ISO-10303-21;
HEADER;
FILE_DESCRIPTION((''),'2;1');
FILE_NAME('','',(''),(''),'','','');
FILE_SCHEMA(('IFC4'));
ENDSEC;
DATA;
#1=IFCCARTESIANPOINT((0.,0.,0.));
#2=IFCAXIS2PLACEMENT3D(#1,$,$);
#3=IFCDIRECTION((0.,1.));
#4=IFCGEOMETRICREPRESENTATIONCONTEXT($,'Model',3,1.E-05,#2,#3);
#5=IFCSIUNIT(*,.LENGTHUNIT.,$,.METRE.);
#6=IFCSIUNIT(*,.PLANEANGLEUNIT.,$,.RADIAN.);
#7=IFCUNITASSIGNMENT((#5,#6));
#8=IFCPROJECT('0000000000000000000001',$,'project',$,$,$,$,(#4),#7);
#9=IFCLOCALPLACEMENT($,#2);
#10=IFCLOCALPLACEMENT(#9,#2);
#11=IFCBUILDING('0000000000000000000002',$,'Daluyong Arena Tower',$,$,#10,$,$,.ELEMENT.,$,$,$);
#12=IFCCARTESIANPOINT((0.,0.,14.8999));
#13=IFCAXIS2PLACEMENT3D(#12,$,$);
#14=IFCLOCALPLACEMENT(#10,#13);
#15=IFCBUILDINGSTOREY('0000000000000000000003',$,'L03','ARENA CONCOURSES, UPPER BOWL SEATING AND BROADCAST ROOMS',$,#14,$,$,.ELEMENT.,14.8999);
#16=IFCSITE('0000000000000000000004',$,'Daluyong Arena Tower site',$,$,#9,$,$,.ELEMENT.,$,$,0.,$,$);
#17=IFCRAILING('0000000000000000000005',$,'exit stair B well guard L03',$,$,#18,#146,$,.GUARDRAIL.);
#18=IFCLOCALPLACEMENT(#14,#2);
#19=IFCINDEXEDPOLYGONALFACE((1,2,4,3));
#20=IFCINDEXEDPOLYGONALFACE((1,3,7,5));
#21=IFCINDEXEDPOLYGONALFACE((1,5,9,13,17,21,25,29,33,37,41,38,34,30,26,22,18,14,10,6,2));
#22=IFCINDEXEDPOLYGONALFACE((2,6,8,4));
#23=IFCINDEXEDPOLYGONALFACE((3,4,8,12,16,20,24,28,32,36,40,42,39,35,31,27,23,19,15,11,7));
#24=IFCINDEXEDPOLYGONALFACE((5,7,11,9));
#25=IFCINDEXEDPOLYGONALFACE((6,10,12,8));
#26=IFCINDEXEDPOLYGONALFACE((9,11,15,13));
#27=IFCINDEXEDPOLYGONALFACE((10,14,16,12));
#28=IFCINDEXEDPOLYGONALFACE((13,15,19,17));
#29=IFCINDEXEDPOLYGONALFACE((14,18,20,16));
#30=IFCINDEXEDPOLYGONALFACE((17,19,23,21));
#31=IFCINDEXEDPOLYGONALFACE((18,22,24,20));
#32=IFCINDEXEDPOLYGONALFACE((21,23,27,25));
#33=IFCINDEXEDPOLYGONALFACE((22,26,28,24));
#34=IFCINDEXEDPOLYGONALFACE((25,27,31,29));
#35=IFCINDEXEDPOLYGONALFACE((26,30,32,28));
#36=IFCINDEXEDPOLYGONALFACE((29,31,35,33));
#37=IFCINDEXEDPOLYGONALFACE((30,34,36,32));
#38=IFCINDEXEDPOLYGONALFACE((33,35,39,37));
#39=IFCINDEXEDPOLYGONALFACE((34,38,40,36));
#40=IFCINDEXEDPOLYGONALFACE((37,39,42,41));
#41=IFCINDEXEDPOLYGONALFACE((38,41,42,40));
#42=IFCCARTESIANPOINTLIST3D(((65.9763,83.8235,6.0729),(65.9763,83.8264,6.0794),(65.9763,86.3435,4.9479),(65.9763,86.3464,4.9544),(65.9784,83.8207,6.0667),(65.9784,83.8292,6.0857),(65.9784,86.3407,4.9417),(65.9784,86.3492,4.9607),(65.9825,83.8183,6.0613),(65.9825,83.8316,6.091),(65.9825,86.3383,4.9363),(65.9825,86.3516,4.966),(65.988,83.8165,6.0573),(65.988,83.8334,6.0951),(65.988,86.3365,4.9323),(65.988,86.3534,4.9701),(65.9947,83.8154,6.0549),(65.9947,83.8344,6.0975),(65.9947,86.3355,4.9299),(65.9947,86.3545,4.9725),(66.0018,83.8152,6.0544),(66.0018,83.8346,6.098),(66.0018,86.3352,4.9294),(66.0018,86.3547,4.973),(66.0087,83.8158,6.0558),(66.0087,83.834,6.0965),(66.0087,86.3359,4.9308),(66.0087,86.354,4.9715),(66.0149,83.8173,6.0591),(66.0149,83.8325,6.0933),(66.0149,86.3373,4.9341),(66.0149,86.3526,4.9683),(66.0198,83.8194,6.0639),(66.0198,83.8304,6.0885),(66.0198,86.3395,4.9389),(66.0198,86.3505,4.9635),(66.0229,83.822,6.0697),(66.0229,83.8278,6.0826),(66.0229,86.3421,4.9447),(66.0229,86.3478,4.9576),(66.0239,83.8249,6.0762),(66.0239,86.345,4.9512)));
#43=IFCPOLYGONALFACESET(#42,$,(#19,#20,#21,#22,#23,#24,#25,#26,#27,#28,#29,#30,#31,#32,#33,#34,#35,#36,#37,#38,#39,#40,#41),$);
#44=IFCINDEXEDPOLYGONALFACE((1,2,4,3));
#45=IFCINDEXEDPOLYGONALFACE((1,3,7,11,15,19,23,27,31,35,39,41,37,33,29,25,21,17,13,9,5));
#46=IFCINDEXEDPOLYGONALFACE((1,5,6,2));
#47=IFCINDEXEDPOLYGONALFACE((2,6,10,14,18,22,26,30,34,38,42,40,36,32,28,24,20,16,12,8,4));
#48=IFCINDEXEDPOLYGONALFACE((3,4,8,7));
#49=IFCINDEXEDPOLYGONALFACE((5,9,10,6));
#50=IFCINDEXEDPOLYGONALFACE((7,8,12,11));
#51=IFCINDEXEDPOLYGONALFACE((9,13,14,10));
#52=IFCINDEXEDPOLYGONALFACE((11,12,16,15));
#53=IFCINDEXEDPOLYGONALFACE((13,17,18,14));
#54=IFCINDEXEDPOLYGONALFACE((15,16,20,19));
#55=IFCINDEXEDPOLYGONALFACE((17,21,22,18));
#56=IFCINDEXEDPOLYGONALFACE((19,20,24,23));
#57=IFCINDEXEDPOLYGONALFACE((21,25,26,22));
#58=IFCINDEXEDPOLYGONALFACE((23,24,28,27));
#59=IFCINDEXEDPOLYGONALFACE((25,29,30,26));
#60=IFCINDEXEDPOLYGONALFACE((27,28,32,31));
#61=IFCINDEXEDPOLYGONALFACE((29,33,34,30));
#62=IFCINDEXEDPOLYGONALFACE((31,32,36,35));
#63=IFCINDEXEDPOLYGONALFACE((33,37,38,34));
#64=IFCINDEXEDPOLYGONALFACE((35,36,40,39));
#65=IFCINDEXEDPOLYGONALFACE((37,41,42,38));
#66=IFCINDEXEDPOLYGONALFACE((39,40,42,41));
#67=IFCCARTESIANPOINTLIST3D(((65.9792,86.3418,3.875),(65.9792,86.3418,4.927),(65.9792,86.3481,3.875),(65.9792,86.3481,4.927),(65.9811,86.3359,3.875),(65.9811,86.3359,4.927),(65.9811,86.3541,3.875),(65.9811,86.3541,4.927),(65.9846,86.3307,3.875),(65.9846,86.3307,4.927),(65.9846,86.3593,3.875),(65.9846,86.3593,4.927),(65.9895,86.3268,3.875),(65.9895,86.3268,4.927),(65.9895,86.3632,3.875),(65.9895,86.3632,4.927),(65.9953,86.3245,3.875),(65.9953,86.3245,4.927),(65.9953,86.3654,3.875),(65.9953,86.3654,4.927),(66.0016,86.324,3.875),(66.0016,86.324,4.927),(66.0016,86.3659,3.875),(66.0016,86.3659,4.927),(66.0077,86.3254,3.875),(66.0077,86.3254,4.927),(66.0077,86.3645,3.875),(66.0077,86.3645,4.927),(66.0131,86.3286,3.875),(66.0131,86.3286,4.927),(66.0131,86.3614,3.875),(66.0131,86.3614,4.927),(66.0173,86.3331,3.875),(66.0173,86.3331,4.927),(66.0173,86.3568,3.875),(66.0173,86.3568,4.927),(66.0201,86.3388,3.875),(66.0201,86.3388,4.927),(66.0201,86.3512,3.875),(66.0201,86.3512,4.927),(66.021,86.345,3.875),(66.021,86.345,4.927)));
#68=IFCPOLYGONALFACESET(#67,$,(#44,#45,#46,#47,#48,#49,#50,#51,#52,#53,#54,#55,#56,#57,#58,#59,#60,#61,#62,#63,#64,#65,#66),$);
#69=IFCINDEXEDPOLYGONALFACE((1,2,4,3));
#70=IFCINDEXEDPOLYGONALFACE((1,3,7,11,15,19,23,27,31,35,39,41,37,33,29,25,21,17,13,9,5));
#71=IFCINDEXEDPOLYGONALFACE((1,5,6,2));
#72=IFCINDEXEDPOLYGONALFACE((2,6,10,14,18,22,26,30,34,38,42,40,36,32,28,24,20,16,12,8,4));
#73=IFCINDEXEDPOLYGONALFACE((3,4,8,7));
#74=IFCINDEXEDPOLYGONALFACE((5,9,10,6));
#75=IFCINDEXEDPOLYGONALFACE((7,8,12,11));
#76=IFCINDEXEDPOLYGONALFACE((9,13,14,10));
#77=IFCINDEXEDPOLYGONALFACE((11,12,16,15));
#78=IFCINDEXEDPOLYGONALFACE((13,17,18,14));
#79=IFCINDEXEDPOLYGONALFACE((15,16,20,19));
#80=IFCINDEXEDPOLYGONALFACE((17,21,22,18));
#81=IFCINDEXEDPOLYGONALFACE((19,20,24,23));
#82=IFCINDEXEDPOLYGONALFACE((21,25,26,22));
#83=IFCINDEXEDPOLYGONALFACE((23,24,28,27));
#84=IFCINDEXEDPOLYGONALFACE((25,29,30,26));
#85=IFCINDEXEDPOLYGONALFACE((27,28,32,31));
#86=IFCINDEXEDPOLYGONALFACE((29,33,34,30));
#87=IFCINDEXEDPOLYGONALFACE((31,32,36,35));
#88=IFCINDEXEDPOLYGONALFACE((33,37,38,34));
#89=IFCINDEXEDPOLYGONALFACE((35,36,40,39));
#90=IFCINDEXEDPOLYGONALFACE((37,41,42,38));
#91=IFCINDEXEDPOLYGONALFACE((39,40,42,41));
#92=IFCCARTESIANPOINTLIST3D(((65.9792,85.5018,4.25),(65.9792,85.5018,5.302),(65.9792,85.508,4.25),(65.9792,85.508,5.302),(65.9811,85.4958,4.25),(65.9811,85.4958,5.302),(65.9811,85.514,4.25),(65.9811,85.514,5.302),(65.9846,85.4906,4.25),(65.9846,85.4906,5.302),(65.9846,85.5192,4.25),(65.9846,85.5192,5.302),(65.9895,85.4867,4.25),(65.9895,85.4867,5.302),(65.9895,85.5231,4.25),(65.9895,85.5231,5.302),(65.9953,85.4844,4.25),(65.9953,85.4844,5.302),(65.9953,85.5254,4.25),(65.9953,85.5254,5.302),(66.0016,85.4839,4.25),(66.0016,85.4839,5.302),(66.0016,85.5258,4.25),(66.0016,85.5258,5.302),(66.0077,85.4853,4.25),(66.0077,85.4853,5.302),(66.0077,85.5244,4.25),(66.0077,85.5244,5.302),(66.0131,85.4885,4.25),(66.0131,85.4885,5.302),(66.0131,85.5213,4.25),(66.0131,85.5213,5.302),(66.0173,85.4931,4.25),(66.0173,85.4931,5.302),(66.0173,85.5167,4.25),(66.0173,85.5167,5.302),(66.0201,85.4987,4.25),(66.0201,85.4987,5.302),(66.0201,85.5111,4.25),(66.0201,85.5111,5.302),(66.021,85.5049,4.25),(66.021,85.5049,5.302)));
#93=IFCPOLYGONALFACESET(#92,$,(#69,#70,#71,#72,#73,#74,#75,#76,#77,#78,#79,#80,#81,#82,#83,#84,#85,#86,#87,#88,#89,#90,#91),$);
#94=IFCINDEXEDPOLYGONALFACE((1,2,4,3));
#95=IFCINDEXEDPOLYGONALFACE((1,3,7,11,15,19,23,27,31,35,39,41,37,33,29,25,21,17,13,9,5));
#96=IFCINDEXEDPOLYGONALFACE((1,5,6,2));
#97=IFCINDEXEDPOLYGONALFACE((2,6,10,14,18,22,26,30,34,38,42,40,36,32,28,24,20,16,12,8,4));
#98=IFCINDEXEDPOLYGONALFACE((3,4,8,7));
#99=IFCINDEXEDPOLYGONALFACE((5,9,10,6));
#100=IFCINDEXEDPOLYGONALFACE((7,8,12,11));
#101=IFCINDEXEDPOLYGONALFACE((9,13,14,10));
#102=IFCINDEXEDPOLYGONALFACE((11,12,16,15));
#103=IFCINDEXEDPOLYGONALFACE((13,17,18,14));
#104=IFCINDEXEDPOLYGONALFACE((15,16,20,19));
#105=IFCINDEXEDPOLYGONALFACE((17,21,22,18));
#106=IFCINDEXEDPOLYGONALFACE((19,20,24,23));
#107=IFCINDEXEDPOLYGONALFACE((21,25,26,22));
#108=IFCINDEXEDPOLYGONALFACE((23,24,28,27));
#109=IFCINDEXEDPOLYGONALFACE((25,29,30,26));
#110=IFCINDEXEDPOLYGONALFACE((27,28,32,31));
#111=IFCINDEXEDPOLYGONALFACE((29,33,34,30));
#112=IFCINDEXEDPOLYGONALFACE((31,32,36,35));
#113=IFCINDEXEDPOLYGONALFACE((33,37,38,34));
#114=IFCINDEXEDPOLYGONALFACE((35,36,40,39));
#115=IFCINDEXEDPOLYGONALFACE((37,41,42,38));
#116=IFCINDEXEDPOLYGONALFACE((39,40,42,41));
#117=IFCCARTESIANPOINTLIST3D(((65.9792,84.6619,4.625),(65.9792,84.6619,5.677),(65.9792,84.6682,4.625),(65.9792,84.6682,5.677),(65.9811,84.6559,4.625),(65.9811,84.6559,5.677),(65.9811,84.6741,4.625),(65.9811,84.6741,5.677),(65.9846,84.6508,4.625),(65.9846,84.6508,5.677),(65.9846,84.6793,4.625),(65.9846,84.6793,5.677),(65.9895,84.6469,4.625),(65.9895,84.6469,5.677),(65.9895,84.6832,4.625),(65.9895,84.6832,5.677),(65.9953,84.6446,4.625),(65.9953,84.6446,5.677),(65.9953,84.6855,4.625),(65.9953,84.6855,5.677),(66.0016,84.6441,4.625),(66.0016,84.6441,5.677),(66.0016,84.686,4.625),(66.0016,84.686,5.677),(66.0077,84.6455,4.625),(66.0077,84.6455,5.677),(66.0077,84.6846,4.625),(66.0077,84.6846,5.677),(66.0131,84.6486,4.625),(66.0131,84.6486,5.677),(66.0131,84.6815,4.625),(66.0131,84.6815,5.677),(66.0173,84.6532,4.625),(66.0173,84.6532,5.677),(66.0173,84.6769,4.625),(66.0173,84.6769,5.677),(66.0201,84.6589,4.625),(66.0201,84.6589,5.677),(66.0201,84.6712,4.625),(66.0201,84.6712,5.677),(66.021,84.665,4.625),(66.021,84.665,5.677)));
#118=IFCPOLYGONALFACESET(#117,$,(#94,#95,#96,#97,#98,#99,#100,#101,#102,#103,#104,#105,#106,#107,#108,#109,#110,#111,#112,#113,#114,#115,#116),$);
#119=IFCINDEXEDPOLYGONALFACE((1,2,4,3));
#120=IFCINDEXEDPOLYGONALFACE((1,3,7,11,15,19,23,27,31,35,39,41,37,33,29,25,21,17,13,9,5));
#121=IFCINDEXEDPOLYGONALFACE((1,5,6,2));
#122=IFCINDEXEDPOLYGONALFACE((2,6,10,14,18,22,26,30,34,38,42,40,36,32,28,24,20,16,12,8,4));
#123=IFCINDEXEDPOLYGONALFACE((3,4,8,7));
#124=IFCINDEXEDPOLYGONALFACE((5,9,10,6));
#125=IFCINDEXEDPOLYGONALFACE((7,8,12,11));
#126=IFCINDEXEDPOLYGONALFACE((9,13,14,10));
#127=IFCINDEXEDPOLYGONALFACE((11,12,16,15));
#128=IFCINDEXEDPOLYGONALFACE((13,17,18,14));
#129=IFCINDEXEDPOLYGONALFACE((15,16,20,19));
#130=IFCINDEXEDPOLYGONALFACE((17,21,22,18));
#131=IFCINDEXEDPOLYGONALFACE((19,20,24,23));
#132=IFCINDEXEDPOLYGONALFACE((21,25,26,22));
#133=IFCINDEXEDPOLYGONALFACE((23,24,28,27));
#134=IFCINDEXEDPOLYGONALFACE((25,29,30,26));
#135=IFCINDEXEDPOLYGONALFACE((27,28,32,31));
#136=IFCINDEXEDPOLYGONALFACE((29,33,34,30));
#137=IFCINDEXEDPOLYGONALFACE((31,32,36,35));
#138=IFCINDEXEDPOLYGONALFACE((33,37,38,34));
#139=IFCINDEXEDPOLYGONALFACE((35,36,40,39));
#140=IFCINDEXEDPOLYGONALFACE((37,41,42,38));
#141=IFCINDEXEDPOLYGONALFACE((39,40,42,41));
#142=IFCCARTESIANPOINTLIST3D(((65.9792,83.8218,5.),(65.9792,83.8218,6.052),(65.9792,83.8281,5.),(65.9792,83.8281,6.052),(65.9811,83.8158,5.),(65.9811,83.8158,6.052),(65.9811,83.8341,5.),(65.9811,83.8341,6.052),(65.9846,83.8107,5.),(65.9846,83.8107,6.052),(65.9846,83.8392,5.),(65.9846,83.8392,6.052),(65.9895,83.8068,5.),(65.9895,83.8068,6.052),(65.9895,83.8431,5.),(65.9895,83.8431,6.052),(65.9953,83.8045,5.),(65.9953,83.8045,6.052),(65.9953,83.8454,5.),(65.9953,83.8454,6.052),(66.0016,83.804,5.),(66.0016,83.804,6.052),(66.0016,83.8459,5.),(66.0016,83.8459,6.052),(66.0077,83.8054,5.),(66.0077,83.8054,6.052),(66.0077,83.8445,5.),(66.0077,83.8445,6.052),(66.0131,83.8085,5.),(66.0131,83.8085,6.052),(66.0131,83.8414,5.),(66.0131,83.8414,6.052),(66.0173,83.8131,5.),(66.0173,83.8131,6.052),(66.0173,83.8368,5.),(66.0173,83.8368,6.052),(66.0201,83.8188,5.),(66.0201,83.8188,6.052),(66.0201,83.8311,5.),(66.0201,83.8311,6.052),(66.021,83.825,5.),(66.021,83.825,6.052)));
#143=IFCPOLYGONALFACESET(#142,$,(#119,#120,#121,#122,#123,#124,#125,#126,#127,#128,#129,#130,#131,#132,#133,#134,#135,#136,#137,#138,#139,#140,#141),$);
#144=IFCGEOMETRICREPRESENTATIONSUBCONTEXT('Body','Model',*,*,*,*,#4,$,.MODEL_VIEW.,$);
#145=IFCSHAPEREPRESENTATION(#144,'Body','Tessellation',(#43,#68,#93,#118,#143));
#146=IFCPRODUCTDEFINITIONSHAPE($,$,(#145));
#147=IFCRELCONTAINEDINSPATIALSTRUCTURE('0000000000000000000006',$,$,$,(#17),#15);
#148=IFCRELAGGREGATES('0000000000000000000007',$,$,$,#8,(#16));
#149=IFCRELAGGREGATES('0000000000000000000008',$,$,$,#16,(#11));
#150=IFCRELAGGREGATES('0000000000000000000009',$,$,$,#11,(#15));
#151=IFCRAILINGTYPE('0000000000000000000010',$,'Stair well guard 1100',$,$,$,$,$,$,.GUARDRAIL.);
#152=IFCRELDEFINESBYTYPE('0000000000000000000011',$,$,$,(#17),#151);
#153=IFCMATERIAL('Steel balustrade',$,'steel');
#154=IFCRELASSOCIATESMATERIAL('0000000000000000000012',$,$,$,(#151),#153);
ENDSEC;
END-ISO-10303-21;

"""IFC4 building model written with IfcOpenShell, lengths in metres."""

from ifc_helpers import new_model, si_unit, direction, frame, origin, origin_2d, place, context, subcontext, project, spatial, circle, extrude, material, type_object, element, save


model = new_model("IFC4")

# Units and contexts
model_context = context("Model", 3, precision=1e-05, world=origin(), true_north=direction((0.0, 1.0)))
body_context = subcontext(model_context, "Body", "Model", "MODEL_VIEW")
ifc_project = project(units=[si_unit("LENGTHUNIT", "METRE"), si_unit("PLANEANGLEUNIT", "RADIAN")], contexts=[model_context])

# Site, building, storey
site_placement = place(None, origin())
site = spatial("IfcSite", under=ifc_project, at=site_placement, Name="Daluyong Arena Tower site", CompositionType="ELEMENT", RefElevation=0.0)
building_placement = place(site_placement, origin())
building = spatial("IfcBuilding", under=site, at=building_placement, Name="Daluyong Arena Tower", CompositionType="ELEMENT")
storey_placement = place(building_placement, frame((0.0, 0.0, 14.8999)))
storey = spatial("IfcBuildingStorey", under=building, at=storey_placement, Name="L03", Description="ARENA CONCOURSES, UPPER BOWL SEATING AND BROADCAST ROOMS", CompositionType="ELEMENT", Elevation=14.8999)

# Railing
ifc_material_1 = material(Name="Steel balustrade", Category="steel")
railing_type_1 = type_object("IfcRailingType", Name="Stair well guard 1100", PredefinedType="GUARDRAIL", material=ifc_material_1)
for number, where, name in (
    (1, (66.0, 86.345, 3.875), "exit stair B well guard L03"),
):
    element("IfcRailing", number, at=place(storey_placement, frame(where)), inside=storey, type_object=railing_type_1, Name=name, PredefinedType="GUARDRAIL", context=body_context, shape_type="SweptSolid", body=[
        extrude(circle(Radius=0.0239, at=origin_2d()), frame((0.0, 0.0, 1.0762), z_axis=(0.0, -0.913139, 0.407648), x_axis=(1.0, 0.0, 0.0)), (0.0, 0.0, 1.0), 2.7598),
        extrude(circle(Radius=0.021, at=origin_2d()), origin(), (0.0, 0.0, 1.0), 1.052),
        extrude(circle(Radius=0.021, at=origin_2d()), frame((0.0, -0.8401, 0.375)), (0.0, 0.0, 1.0), 1.052),
        extrude(circle(Radius=0.021, at=origin_2d()), frame((0.0, -1.6799, 0.75)), (0.0, 0.0, 1.0), 1.052),
        extrude(circle(Radius=0.021, at=origin_2d()), frame((0.0, -2.52, 1.125)), (0.0, 0.0, 1.0), 1.052),
    ])

save(model, "model.ifc")
